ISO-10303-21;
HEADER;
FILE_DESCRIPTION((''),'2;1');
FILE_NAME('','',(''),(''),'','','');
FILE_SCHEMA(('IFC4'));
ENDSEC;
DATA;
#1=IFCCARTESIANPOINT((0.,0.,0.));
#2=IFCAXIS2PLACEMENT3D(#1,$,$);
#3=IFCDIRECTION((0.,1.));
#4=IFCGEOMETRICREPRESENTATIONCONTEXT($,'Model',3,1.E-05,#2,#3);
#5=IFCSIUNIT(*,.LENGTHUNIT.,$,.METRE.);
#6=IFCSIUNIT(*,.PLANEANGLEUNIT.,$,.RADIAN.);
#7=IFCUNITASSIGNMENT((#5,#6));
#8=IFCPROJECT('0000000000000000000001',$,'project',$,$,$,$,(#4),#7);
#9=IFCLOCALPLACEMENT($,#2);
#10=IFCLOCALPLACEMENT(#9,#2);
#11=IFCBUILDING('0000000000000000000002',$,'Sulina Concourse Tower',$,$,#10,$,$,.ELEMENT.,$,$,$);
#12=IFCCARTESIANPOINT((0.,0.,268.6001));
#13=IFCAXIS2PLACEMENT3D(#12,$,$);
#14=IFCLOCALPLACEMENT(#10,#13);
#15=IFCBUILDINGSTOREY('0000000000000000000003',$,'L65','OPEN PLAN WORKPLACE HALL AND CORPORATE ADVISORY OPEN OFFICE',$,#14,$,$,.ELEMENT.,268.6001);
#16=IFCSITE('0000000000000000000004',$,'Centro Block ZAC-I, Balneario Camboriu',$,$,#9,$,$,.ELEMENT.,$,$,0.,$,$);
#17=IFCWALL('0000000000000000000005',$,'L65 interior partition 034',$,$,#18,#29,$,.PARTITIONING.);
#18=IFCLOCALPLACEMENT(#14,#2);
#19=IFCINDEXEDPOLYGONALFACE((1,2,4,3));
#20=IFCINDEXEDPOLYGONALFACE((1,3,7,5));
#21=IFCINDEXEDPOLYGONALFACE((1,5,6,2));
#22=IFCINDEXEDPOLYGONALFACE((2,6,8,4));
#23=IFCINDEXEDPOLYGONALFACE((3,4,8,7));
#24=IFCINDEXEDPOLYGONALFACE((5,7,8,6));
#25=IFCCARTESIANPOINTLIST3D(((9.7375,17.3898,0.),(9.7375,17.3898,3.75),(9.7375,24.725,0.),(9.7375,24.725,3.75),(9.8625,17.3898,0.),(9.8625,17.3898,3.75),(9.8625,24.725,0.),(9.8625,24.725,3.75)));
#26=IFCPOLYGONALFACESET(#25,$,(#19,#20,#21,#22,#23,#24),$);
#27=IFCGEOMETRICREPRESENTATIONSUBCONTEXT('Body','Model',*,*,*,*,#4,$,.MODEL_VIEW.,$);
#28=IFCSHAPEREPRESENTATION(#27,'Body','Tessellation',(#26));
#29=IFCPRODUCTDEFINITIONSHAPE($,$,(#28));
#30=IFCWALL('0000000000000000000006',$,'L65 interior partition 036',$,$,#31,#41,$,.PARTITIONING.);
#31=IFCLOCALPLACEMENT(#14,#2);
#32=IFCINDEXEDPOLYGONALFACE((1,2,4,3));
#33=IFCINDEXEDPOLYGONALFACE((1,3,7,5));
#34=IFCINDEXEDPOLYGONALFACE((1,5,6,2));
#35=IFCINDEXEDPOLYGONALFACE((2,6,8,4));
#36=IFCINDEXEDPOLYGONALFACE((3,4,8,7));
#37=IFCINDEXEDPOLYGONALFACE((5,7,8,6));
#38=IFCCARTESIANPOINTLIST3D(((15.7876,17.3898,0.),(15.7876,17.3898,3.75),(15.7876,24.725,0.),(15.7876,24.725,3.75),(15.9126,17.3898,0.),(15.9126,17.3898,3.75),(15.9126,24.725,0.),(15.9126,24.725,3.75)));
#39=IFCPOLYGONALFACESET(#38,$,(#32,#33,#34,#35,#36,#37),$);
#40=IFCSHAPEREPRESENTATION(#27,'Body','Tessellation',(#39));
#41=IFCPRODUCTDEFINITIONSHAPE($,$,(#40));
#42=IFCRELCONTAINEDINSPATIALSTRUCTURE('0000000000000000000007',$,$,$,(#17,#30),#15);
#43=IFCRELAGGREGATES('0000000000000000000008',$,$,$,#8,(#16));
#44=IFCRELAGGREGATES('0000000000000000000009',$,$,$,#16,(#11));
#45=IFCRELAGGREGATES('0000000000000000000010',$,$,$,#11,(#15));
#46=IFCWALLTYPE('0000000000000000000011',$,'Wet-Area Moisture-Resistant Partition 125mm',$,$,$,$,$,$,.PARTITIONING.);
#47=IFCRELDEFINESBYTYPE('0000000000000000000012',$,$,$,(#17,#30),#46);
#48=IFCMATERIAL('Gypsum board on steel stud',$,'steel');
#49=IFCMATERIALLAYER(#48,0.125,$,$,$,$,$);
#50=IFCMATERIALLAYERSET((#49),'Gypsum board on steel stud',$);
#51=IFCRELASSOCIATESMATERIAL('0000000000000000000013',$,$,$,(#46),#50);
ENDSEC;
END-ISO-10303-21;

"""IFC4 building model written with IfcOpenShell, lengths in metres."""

from ifc_helpers import new_model, si_unit, direction, frame, frame_2d, origin, place, context, subcontext, project, spatial, rectangle, extrude, material, layer, layer_set, type_object, element, save


model = new_model("IFC4")

# Units and contexts
model_context = context("Model", 3, precision=1e-05, world=origin(), true_north=direction((0.0, 1.0)))
body_context = subcontext(model_context, "Body", "Model", "MODEL_VIEW")
ifc_project = project(units=[si_unit("LENGTHUNIT", "METRE"), si_unit("PLANEANGLEUNIT", "RADIAN")], contexts=[model_context])

# Site, building, storey
site_placement = place(None, origin())
site = spatial("IfcSite", under=ifc_project, at=site_placement, Name="Centro Block ZAC-I, Balneario Camboriu", CompositionType="ELEMENT", RefElevation=0.0)
building_placement = place(site_placement, origin())
building = spatial("IfcBuilding", under=site, at=building_placement, Name="Sulina Concourse Tower", CompositionType="ELEMENT")
storey_placement = place(building_placement, frame((0.0, 0.0, 268.6001)))
storey = spatial("IfcBuildingStorey", under=building, at=storey_placement, Name="L65", Description="OPEN PLAN WORKPLACE HALL AND CORPORATE ADVISORY OPEN OFFICE", CompositionType="ELEMENT", Elevation=268.6001)

# Walls
ifc_material_1 = material(Name="Gypsum board on steel stud", Category="steel")
ifc_layer_1 = layer(ifc_material_1, 0.125)
ifc_layer_set_1 = layer_set([ifc_layer_1], Name="Gypsum board on steel stud")
wall_type_1 = type_object("IfcWallType", Name="Wet-Area Moisture-Resistant Partition 125mm", PredefinedType="PARTITIONING", material=ifc_layer_set_1)
for number, where, z_axis, x_axis, name in (
    (1, (9.8, 17.3899, 0.0), (0.0, 0.0, 1.0), (0.0, 1.0, 0.0), "L65 interior partition 034"),
    (2, (15.8501, 17.3899, 0.0), (0.0, 0.0, 1.0), (0.0, 1.0, 0.0), "L65 interior partition 036"),
):
    element("IfcWall", number, at=place(storey_placement, frame(where, z_axis=z_axis, x_axis=x_axis)), inside=storey, type_object=wall_type_1, Name=name, PredefinedType="PARTITIONING", context=body_context, shape_type="SweptSolid", body=[
        extrude(rectangle(XDim=7.3352, YDim=0.125, at=frame_2d((3.6675, 0.0))), origin(), (0.0, 0.0, 1.0), 3.75),
    ])

save(model, "model.ifc")
